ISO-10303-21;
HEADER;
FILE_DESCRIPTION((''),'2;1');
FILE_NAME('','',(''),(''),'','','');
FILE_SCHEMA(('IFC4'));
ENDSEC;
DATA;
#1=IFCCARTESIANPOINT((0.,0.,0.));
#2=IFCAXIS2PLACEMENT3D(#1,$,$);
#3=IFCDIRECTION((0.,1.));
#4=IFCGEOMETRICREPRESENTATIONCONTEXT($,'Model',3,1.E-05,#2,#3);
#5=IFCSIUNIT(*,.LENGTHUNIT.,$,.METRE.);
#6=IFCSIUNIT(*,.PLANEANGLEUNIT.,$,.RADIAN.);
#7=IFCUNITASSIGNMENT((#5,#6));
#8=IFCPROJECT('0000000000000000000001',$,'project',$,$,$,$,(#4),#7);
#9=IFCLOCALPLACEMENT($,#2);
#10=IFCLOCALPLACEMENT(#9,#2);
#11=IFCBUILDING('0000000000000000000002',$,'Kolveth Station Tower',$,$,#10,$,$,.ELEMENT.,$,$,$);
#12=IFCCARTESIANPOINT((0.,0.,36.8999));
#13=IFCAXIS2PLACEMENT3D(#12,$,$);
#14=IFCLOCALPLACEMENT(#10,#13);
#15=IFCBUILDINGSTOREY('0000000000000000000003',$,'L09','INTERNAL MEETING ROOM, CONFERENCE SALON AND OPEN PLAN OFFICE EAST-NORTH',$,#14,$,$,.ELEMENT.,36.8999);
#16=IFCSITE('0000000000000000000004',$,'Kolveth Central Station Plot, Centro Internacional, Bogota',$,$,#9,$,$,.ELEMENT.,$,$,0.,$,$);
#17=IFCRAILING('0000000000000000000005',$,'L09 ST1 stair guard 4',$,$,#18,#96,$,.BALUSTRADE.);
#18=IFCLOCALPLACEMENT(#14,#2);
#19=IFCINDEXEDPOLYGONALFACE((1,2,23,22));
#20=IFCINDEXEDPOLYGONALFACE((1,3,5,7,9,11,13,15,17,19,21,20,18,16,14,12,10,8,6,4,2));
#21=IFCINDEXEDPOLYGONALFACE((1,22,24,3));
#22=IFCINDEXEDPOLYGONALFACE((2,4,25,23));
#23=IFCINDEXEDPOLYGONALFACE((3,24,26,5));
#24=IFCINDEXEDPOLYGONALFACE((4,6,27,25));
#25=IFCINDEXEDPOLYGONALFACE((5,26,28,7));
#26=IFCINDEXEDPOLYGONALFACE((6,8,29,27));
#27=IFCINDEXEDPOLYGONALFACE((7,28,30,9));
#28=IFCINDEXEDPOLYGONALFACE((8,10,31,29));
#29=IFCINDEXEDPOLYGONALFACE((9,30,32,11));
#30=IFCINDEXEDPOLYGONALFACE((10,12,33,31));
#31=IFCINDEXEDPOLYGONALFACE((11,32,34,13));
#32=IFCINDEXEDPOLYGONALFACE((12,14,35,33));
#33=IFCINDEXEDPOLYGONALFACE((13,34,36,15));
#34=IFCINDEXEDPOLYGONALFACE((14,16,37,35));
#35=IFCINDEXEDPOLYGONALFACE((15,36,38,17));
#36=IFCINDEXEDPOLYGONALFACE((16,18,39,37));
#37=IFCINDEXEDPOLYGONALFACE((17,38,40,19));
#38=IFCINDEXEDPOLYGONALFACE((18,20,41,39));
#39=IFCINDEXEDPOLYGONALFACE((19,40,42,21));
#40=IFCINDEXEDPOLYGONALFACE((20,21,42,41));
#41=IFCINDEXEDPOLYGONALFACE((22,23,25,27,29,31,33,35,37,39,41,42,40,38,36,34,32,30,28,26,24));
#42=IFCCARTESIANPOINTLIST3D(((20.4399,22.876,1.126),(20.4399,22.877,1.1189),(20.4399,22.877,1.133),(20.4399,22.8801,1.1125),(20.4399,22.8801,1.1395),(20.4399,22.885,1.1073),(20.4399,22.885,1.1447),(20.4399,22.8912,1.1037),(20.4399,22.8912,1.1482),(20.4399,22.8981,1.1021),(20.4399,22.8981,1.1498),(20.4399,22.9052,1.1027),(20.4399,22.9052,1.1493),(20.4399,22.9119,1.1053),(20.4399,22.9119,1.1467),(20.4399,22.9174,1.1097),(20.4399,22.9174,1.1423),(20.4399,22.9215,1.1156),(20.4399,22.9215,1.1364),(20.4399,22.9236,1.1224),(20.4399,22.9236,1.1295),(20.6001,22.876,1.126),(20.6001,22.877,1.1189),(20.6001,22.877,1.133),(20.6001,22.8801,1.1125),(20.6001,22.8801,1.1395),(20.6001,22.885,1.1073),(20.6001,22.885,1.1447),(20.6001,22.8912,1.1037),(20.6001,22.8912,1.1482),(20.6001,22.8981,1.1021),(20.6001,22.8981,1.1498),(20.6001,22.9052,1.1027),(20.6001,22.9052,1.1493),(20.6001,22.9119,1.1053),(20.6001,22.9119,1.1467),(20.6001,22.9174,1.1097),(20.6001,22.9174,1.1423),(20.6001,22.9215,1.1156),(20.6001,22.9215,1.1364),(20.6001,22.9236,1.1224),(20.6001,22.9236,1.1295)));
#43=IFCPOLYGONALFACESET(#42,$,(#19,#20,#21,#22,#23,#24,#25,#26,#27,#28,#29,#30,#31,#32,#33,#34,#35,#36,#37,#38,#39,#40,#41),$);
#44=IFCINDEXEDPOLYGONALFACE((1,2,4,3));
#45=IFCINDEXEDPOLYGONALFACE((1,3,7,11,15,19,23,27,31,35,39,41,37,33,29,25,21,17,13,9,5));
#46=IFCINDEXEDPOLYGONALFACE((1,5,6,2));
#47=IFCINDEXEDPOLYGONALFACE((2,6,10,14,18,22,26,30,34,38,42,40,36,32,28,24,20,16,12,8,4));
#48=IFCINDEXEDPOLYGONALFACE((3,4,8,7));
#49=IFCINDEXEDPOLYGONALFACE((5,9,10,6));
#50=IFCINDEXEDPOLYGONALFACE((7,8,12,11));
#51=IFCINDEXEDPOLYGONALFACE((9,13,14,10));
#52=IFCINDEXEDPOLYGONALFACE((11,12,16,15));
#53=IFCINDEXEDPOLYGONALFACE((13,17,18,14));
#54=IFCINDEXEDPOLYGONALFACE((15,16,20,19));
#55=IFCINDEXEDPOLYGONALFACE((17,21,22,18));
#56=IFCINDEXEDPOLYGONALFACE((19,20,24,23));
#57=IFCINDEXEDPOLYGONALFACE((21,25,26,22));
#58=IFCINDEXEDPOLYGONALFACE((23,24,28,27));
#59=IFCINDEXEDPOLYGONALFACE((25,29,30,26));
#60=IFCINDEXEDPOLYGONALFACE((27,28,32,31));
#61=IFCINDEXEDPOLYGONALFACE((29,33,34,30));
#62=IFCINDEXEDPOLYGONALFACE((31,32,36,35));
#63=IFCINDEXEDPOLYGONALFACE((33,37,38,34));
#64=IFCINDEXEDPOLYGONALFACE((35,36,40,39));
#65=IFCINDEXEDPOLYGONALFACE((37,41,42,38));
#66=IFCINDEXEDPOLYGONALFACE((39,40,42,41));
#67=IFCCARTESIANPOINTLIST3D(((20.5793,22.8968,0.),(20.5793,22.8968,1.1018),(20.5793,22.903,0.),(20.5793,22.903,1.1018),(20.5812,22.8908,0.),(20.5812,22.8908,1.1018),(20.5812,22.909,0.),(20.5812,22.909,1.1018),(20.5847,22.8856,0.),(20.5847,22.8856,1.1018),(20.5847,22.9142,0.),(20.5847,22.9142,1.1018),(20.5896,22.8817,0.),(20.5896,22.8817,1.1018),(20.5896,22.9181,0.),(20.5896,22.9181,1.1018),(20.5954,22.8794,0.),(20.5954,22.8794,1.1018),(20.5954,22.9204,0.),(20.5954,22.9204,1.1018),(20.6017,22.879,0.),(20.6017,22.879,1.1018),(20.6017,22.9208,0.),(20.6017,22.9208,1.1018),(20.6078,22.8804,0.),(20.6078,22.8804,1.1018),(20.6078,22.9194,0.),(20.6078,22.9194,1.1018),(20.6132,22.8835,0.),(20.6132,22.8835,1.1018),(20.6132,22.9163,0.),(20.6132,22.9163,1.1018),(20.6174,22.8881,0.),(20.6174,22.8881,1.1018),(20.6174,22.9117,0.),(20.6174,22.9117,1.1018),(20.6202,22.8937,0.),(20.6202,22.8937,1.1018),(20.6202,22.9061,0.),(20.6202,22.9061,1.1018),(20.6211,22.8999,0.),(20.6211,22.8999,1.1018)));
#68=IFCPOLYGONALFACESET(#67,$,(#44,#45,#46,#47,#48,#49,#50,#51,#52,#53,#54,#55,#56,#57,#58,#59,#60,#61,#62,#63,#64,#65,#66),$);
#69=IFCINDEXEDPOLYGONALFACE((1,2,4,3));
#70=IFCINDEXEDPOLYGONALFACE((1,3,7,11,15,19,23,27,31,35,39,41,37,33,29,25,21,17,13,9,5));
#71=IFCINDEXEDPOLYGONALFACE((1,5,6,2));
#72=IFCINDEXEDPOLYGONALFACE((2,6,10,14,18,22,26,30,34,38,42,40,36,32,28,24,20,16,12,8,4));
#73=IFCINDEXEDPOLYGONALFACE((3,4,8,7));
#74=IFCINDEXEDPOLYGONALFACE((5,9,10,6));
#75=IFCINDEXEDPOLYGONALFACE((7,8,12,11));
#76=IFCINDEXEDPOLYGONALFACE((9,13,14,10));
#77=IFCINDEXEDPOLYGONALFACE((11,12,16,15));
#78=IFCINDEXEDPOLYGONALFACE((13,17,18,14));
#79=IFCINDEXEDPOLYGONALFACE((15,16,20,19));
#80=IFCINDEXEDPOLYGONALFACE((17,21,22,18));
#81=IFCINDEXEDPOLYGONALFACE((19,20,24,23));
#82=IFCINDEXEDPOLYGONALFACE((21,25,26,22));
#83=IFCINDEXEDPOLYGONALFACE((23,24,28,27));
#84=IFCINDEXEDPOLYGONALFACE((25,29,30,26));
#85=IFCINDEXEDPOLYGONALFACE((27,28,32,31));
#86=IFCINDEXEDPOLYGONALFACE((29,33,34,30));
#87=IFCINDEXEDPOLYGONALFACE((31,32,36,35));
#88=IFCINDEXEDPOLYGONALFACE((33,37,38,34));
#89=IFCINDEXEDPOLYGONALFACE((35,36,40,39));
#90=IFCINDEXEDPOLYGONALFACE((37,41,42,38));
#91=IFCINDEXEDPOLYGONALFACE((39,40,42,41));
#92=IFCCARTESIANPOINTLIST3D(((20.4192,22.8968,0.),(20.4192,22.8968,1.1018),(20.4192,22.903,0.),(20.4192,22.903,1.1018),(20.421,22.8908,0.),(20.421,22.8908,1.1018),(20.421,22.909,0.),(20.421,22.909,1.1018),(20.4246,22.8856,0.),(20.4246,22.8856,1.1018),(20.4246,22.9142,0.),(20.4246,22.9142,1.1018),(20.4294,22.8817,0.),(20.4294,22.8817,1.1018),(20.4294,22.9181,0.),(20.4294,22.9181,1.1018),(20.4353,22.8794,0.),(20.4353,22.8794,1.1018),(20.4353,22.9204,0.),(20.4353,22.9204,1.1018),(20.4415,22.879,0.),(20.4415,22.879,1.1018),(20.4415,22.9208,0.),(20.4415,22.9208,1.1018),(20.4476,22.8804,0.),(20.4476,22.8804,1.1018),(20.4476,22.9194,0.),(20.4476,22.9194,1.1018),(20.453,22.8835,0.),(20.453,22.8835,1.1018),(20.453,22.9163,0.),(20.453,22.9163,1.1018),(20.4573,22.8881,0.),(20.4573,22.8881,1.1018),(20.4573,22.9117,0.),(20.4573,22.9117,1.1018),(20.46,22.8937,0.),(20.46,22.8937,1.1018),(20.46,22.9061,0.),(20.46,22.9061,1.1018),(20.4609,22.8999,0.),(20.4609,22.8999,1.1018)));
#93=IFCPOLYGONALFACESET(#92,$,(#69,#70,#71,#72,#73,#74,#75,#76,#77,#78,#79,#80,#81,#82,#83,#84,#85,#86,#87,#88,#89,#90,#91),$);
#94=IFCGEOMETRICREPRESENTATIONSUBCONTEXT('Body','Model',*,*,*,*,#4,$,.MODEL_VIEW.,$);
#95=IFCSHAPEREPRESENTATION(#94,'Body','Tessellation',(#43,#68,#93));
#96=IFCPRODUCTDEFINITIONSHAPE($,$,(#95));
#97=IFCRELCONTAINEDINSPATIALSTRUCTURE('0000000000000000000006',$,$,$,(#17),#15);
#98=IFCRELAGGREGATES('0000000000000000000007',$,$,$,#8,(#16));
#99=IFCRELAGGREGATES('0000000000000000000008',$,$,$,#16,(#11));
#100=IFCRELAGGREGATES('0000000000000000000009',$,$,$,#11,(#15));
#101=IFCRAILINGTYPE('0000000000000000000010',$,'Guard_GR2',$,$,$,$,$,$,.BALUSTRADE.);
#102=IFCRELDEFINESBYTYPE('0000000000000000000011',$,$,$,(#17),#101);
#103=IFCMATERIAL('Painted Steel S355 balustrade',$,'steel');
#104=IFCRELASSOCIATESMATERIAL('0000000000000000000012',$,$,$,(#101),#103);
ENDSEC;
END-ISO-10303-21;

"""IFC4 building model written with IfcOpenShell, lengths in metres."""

from ifc_helpers import new_model, si_unit, direction, frame, origin, origin_2d, place, context, subcontext, project, spatial, circle, extrude, material, type_object, element, save


model = new_model("IFC4")

# Units and contexts
model_context = context("Model", 3, precision=1e-05, world=origin(), true_north=direction((0.0, 1.0)))
body_context = subcontext(model_context, "Body", "Model", "MODEL_VIEW")
ifc_project = project(units=[si_unit("LENGTHUNIT", "METRE"), si_unit("PLANEANGLEUNIT", "RADIAN")], contexts=[model_context])

# Site, building, storey
site_placement = place(None, origin())
site = spatial("IfcSite", under=ifc_project, at=site_placement, Name="Kolveth Central Station Plot, Centro Internacional, Bogota", CompositionType="ELEMENT", RefElevation=0.0)
building_placement = place(site_placement, origin())
building = spatial("IfcBuilding", under=site, at=building_placement, Name="Kolveth Station Tower", CompositionType="ELEMENT")
storey_placement = place(building_placement, frame((0.0, 0.0, 36.8999)))
storey = spatial("IfcBuildingStorey", under=building, at=storey_placement, Name="L09", Description="INTERNAL MEETING ROOM, CONFERENCE SALON AND OPEN PLAN OFFICE EAST-NORTH", CompositionType="ELEMENT", Elevation=36.8999)

# Railing
ifc_material_1 = material(Name="Painted Steel S355 balustrade", Category="steel")
railing_type_1 = type_object("IfcRailingType", Name="Guard_GR2", PredefinedType="BALUSTRADE", material=ifc_material_1)
railing_1_placement = place(storey_placement, frame((20.6001, 22.8999, 0.0)))
element("IfcRailing", 1, at=railing_1_placement, inside=storey, type_object=railing_type_1, Name="L09 ST1 stair guard 4", PredefinedType="BALUSTRADE", context=body_context, shape_type="SweptSolid", body=[
    extrude(circle(Radius=0.0239, at=origin_2d()), frame((0.0, 0.0, 1.126), z_axis=(-1.0, 0.0, 0.0), x_axis=(0.0, -1.0, 0.0)), (0.0, 0.0, 1.0), 0.1602),
    extrude(circle(Radius=0.021, at=origin_2d()), origin(), (0.0, 0.0, 1.0), 1.1018),
    extrude(circle(Radius=0.021, at=origin_2d()), frame((-0.1602, 0.0, 0.0)), (0.0, 0.0, 1.0), 1.1018),
])

save(model, "model.ifc")
